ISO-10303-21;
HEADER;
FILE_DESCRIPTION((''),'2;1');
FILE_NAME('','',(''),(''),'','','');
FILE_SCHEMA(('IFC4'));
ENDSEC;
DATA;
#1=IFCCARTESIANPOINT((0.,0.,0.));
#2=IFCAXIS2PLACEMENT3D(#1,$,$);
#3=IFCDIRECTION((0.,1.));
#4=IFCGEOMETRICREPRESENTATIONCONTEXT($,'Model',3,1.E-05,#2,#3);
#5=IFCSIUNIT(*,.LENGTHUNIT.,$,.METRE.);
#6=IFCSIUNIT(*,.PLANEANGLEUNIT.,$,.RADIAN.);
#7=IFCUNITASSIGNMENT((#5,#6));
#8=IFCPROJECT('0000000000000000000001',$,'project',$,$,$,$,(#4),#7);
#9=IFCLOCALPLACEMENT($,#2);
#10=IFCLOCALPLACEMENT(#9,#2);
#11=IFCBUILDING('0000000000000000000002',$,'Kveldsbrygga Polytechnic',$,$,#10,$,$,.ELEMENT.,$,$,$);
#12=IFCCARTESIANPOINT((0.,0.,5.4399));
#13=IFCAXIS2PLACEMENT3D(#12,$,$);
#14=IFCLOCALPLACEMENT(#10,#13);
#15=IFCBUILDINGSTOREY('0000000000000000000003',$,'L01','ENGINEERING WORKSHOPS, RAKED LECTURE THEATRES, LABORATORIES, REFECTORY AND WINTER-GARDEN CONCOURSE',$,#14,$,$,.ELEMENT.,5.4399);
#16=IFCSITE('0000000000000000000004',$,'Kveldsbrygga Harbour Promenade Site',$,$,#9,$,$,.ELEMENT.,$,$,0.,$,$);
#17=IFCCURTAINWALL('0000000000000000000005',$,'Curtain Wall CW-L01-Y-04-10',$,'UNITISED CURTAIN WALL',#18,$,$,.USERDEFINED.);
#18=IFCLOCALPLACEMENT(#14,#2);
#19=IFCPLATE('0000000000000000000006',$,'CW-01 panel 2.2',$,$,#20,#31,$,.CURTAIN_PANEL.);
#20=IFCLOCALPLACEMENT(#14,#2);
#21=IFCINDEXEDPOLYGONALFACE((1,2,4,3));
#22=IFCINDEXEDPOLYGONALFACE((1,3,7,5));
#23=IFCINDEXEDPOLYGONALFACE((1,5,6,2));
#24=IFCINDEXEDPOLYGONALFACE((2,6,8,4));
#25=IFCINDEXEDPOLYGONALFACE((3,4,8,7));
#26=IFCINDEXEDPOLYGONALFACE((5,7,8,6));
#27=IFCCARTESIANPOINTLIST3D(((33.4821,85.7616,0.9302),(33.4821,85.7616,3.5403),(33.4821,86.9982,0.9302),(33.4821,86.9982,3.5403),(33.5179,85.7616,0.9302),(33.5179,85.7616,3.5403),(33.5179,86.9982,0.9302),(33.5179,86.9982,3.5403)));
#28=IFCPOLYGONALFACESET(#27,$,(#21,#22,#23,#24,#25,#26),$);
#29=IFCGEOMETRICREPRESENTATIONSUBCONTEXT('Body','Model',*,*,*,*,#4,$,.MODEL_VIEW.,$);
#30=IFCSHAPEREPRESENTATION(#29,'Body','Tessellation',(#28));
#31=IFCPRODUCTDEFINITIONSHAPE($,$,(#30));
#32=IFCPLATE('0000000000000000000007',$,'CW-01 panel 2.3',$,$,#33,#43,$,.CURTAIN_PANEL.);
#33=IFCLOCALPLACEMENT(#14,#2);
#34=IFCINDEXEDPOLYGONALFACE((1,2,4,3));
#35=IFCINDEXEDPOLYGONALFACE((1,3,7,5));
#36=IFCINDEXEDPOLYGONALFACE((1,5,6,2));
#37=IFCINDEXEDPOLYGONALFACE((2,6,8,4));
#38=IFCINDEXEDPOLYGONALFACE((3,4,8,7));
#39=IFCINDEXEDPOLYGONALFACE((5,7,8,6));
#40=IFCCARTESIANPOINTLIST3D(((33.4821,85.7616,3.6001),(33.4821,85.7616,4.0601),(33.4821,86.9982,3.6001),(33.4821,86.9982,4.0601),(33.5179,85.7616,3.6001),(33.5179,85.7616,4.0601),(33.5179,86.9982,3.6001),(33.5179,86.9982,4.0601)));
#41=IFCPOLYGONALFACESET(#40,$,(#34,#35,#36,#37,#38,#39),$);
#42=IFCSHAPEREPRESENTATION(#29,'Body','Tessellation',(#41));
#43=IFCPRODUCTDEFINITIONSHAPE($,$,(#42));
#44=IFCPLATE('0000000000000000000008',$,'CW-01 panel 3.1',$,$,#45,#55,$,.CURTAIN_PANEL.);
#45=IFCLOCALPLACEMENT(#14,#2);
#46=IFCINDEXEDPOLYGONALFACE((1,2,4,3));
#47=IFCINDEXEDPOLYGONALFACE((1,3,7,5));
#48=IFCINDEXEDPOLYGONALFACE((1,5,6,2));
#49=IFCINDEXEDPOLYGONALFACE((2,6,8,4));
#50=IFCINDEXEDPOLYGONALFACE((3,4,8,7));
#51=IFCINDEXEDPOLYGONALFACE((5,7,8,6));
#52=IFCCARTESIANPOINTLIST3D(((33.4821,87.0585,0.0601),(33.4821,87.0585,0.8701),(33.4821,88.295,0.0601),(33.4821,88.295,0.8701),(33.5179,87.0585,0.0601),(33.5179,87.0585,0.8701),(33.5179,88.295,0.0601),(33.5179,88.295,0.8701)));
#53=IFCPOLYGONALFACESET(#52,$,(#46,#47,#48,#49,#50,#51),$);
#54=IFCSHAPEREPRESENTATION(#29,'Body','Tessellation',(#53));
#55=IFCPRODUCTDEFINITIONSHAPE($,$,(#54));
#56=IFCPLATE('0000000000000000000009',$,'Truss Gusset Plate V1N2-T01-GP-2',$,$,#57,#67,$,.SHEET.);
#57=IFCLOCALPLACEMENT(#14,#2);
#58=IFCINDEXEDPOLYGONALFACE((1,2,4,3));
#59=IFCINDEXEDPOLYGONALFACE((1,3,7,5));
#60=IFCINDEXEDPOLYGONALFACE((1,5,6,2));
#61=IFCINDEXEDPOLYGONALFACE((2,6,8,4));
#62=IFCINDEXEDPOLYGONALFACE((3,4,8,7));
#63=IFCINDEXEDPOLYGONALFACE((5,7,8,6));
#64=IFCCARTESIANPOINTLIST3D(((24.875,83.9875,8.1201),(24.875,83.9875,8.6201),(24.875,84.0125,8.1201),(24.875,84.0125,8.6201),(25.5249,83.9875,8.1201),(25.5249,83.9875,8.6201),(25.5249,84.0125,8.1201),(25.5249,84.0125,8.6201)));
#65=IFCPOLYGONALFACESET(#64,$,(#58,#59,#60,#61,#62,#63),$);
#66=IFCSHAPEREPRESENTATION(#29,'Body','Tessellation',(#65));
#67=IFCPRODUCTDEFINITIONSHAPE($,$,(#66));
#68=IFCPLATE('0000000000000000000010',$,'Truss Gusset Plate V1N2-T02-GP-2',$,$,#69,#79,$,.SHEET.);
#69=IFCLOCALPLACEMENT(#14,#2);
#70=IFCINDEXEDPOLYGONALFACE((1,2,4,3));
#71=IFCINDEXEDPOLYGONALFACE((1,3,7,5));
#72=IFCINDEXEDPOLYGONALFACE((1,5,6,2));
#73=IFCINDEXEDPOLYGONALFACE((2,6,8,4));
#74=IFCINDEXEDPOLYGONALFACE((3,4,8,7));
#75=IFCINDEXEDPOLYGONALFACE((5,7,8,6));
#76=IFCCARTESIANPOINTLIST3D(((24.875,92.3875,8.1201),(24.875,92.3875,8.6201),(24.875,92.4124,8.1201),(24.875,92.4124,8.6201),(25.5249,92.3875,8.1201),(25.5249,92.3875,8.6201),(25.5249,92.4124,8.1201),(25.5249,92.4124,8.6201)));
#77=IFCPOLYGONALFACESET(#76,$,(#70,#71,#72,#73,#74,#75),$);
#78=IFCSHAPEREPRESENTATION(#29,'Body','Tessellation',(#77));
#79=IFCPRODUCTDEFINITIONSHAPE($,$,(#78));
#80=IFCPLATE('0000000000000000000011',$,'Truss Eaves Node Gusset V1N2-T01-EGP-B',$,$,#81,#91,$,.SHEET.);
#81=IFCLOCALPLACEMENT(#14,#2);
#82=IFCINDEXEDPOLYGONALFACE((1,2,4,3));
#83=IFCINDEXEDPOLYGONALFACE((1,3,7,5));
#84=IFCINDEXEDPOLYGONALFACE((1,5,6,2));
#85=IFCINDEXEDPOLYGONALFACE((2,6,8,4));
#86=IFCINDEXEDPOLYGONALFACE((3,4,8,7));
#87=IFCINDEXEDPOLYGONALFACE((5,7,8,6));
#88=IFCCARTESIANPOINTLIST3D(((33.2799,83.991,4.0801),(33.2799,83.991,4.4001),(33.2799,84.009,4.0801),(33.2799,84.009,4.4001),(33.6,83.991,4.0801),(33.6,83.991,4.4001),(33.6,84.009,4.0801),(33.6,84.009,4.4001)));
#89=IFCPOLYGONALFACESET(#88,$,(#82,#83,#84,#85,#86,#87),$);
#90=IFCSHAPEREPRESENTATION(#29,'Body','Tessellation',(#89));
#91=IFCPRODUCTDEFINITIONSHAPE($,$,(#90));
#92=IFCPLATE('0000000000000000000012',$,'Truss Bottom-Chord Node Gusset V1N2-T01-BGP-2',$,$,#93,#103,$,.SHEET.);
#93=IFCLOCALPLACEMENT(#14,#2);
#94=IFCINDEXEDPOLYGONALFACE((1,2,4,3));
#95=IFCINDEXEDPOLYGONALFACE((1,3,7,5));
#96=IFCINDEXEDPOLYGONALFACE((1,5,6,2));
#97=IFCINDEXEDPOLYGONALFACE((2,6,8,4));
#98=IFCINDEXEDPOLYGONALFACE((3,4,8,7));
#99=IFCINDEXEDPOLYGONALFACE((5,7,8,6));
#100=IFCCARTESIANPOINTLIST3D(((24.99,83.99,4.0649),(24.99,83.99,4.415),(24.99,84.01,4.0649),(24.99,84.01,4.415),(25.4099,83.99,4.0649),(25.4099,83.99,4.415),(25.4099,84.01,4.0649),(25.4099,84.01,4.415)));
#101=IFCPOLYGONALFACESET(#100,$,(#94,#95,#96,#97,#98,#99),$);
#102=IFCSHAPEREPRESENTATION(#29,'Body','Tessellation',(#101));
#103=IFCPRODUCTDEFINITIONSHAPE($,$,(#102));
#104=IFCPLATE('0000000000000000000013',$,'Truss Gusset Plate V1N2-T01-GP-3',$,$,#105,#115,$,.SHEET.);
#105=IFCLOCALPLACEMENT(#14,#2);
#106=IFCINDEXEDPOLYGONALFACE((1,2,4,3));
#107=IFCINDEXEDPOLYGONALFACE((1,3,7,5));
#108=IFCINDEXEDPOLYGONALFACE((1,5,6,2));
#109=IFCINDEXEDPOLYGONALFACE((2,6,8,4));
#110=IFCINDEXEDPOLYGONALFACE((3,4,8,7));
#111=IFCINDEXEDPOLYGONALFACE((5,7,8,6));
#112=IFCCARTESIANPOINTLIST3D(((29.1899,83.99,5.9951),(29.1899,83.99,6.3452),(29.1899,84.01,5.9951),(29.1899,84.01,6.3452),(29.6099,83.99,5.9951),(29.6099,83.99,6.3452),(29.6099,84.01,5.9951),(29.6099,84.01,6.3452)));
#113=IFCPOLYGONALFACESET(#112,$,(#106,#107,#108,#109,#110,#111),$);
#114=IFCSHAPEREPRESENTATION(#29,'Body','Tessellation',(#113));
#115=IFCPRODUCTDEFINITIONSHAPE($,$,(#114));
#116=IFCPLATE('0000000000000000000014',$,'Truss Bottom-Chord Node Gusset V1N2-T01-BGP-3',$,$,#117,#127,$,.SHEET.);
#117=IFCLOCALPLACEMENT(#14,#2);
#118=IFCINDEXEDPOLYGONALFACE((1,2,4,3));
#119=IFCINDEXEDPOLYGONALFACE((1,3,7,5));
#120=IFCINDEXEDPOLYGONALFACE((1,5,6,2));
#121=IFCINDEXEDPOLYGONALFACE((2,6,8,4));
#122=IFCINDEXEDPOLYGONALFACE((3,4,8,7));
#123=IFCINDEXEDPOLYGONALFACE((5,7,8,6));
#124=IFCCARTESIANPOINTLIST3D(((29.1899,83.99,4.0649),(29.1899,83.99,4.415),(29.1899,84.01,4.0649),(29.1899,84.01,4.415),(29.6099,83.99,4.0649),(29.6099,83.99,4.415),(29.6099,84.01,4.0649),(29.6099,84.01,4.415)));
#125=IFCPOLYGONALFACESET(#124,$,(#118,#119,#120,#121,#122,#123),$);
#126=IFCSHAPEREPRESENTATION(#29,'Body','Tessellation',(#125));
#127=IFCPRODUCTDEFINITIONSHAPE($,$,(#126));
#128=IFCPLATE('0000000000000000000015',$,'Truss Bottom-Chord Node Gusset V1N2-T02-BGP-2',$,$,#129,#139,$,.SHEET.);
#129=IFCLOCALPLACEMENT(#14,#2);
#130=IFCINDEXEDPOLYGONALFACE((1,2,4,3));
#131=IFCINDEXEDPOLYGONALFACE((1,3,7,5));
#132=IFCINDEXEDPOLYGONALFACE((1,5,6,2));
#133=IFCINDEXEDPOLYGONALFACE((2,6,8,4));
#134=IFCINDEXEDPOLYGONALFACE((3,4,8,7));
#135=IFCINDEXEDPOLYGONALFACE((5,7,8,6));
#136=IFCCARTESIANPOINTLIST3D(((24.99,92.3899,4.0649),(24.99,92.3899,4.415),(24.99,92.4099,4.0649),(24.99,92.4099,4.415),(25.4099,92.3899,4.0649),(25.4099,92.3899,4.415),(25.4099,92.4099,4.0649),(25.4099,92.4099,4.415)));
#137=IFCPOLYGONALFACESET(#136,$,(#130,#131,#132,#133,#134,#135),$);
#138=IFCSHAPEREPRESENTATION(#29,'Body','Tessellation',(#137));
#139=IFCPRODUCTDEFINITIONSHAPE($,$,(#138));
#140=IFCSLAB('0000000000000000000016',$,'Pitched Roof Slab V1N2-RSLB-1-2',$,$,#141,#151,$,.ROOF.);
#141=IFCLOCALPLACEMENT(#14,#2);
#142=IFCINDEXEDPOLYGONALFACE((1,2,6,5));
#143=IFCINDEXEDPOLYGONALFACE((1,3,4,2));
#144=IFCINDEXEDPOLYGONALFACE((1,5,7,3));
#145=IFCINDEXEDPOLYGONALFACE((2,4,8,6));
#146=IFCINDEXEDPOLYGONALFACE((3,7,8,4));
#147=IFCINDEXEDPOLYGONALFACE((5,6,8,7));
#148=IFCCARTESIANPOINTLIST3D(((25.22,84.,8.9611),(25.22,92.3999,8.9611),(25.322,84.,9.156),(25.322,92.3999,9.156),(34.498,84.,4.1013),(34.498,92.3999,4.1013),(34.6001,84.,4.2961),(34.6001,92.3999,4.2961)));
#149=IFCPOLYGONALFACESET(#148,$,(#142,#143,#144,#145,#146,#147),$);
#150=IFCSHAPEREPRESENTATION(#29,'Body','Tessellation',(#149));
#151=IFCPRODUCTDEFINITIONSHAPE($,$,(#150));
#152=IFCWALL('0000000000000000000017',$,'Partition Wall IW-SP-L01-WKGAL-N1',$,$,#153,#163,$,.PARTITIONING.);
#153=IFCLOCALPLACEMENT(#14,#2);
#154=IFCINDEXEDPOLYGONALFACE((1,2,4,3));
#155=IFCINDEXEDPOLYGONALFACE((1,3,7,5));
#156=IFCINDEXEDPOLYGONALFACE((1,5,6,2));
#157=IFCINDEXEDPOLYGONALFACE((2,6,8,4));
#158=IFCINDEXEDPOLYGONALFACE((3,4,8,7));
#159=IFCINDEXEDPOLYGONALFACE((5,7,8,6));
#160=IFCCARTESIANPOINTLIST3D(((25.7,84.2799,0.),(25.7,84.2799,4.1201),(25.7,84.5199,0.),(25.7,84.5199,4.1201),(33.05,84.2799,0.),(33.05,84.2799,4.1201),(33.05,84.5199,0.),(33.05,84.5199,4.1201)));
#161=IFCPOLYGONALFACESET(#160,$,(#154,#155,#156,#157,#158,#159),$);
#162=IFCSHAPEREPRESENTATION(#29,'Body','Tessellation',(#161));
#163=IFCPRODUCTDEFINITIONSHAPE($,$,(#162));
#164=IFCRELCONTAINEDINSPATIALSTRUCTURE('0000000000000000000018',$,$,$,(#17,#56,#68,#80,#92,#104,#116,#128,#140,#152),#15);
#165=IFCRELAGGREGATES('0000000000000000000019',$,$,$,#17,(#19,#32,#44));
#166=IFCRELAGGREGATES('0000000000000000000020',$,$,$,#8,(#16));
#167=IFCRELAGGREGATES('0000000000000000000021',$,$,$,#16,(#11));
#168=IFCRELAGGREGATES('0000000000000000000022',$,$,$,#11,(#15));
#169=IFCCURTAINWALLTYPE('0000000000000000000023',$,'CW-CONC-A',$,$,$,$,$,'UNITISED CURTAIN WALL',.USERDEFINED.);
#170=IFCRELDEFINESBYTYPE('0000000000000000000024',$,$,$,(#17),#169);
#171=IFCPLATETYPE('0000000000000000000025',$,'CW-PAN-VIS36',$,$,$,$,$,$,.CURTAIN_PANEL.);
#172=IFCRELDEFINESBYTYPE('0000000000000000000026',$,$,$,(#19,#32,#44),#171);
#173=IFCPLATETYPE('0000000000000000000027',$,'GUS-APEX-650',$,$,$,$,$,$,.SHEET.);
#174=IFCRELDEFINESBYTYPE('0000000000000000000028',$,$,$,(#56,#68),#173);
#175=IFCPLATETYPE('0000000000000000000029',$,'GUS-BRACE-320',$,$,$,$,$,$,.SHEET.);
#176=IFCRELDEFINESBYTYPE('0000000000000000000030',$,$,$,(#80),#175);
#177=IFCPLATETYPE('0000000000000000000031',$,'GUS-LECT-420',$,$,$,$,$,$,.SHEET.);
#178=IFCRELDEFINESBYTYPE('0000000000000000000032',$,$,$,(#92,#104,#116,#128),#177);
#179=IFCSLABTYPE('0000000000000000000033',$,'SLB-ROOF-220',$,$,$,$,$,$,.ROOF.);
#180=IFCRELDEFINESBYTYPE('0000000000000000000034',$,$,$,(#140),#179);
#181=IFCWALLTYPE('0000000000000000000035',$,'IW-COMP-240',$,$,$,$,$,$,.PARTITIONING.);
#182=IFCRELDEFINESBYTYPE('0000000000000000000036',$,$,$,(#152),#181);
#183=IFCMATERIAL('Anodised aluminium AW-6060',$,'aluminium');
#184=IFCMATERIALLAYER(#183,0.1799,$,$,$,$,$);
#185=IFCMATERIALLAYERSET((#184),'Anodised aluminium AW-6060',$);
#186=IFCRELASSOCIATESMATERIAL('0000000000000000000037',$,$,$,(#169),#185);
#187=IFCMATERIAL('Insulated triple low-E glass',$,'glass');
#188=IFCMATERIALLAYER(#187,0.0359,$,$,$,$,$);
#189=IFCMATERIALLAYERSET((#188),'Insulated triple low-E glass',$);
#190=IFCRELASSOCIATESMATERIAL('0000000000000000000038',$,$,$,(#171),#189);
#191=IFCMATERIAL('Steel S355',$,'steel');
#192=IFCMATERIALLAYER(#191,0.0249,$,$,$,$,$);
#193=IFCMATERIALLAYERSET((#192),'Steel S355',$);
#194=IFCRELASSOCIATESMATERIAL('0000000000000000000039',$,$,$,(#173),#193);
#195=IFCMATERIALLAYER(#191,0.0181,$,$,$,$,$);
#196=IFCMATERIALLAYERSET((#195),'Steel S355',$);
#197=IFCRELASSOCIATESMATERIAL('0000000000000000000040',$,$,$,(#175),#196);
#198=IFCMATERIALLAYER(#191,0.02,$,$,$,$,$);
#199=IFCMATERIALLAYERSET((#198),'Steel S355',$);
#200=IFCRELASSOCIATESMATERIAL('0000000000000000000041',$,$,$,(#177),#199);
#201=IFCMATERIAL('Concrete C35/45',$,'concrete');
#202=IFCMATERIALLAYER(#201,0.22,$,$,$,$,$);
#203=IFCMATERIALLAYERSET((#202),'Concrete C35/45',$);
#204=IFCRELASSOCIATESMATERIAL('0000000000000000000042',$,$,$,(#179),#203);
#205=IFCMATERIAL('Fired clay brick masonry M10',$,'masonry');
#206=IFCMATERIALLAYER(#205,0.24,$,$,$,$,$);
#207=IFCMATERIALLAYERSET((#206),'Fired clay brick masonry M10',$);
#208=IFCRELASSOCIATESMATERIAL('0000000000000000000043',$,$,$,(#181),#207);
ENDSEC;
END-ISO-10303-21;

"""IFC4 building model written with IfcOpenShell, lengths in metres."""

from ifc_helpers import new_model, si_unit, direction, frame, frame_2d, origin, origin_2d, place, context, subcontext, project, spatial, polyline, rectangle, outline, extrude, material, layer, layer_set, type_object, element, aggregate, save


model = new_model("IFC4")

# Units and contexts
model_context = context("Model", 3, precision=1e-05, world=origin(), true_north=direction((0.0, 1.0)))
body_context = subcontext(model_context, "Body", "Model", "MODEL_VIEW")
ifc_project = project(units=[si_unit("LENGTHUNIT", "METRE"), si_unit("PLANEANGLEUNIT", "RADIAN")], contexts=[model_context])

# Site, building, storey
site_placement = place(None, origin())
site = spatial("IfcSite", under=ifc_project, at=site_placement, Name="Kveldsbrygga Harbour Promenade Site", CompositionType="ELEMENT", RefElevation=0.0)
building_placement = place(site_placement, origin())
building = spatial("IfcBuilding", under=site, at=building_placement, Name="Kveldsbrygga Polytechnic", CompositionType="ELEMENT")
storey_placement = place(building_placement, frame((0.0, 0.0, 5.4399)))
storey = spatial("IfcBuildingStorey", under=building, at=storey_placement, Name="L01", Description="ENGINEERING WORKSHOPS, RAKED LECTURE THEATRES, LABORATORIES, REFECTORY AND WINTER-GARDEN CONCOURSE", CompositionType="ELEMENT", Elevation=5.4399)

# Curtain wall
ifc_material_1 = material(Name="Anodised aluminium AW-6060", Category="aluminium")
ifc_layer_1 = layer(ifc_material_1, 0.1799)
ifc_layer_set_1 = layer_set([ifc_layer_1], Name="Anodised aluminium AW-6060")
curtain_wall_type = type_object("IfcCurtainWallType", Name="CW-CONC-A", ElementType="UNITISED CURTAIN WALL", PredefinedType="USERDEFINED", material=ifc_layer_set_1)
curtain_wall_placement = place(storey_placement, origin())
curtain_wall = element("IfcCurtainWall", 1, at=curtain_wall_placement, inside=storey, type_object=curtain_wall_type, Name="Curtain Wall CW-L01-Y-04-10", ObjectType="UNITISED CURTAIN WALL", PredefinedType="USERDEFINED")

# Shared definitions
ifc_material_2 = material(Name="Steel S355", Category="steel")

# Plates
ifc_material_3 = material(Name="Insulated triple low-E glass", Category="glass")
ifc_layer_2 = layer(ifc_material_3, 0.0359)
ifc_layer_set_2 = layer_set([ifc_layer_2], Name="Insulated triple low-E glass")
plate_type_1 = type_object("IfcPlateType", Name="CW-PAN-VIS36", PredefinedType="CURTAIN_PANEL", material=ifc_layer_set_2)
plate_1_placement = place(storey_placement, frame((33.5, 86.3799, 0.9302), z_axis=(0.0, 0.0, 1.0), x_axis=(0.0, 1.0, 0.0)))
plate_1 = element("IfcPlate", 2, at=plate_1_placement, type_object=plate_type_1, Name="CW-01 panel 2.2", PredefinedType="CURTAIN_PANEL", context=body_context, shape_type="SweptSolid", body=[
    extrude(rectangle(XDim=1.2366, YDim=0.0359, at=origin_2d()), origin(), (0.0, 0.0, 1.0), 2.6101),
])
plate_2_placement = place(storey_placement, frame((33.5, 86.3799, 3.6001), z_axis=(0.0, 0.0, 1.0), x_axis=(0.0, 1.0, 0.0)))
plate_2 = element("IfcPlate", 3, at=plate_2_placement, type_object=plate_type_1, Name="CW-01 panel 2.3", PredefinedType="CURTAIN_PANEL", context=body_context, shape_type="SweptSolid", body=[
    extrude(rectangle(XDim=1.2366, YDim=0.0359, at=origin_2d()), origin(), (0.0, 0.0, 1.0), 0.46),
])
plate_3_placement = place(storey_placement, frame((33.5, 87.6768, 0.0601), z_axis=(0.0, 0.0, 1.0), x_axis=(0.0, 1.0, 0.0)))
plate_3 = element("IfcPlate", 4, at=plate_3_placement, type_object=plate_type_1, Name="CW-01 panel 3.1", PredefinedType="CURTAIN_PANEL", context=body_context, shape_type="SweptSolid", body=[
    extrude(rectangle(XDim=1.2366, YDim=0.0359, at=origin_2d()), origin(), (0.0, 0.0, 1.0), 0.8101),
])
aggregate(curtain_wall, [plate_1, plate_2, plate_3])

# Plates
ifc_layer_3 = layer(ifc_material_2, 0.0249)
ifc_layer_set_3 = layer_set([ifc_layer_3], Name="Steel S355")
plate_type_2 = type_object("IfcPlateType", Name="GUS-APEX-650", PredefinedType="SHEET", material=ifc_layer_set_3)
for number, where, z_axis, x_axis, name in (
    (5, (25.2, 84.0, 8.1201), (0.0, 0.0, 1.0), (1.0, 0.0, 0.0), "Truss Gusset Plate V1N2-T01-GP-2"),
    (6, (25.2, 92.3999, 8.1201), (0.0, 0.0, 1.0), (1.0, 0.0, 0.0), "Truss Gusset Plate V1N2-T02-GP-2"),
):
    element("IfcPlate", number, at=place(storey_placement, frame(where, z_axis=z_axis, x_axis=x_axis)), inside=storey, type_object=plate_type_2, Name=name, PredefinedType="SHEET", context=body_context, shape_type="SweptSolid", body=[
        extrude(rectangle(XDim=0.6499, YDim=0.0249, at=origin_2d()), origin(), (0.0, 0.0, 1.0), 0.5),
    ])
ifc_layer_4 = layer(ifc_material_2, 0.0181)
ifc_layer_set_4 = layer_set([ifc_layer_4], Name="Steel S355")
plate_type_3 = type_object("IfcPlateType", Name="GUS-BRACE-320", PredefinedType="SHEET", material=ifc_layer_set_4)
plate_4_placement = place(storey_placement, frame((33.4399, 84.0, 4.0801), z_axis=(0.0, 0.0, 1.0), x_axis=(1.0, 0.0, 0.0)))
element("IfcPlate", 7, at=plate_4_placement, inside=storey, type_object=plate_type_3, Name="Truss Eaves Node Gusset V1N2-T01-EGP-B", PredefinedType="SHEET", context=body_context, shape_type="SweptSolid", body=[
    extrude(rectangle(XDim=0.3201, YDim=0.0181, at=origin_2d()), origin(), (0.0, 0.0, 1.0), 0.3201),
])
ifc_layer_5 = layer(ifc_material_2, 0.02)
ifc_layer_set_5 = layer_set([ifc_layer_5], Name="Steel S355")
plate_type_4 = type_object("IfcPlateType", Name="GUS-LECT-420", PredefinedType="SHEET", material=ifc_layer_set_5)
for number, where, z_axis, x_axis, name in (
    (8, (25.2, 84.0, 4.0649), (0.0, 0.0, 1.0), (1.0, 0.0, 0.0), "Truss Bottom-Chord Node Gusset V1N2-T01-BGP-2"),
    (9, (29.3999, 84.0, 5.9951), (0.0, 0.0, 1.0), (1.0, 0.0, 0.0), "Truss Gusset Plate V1N2-T01-GP-3"),
    (10, (29.3999, 84.0, 4.0649), (0.0, 0.0, 1.0), (1.0, 0.0, 0.0), "Truss Bottom-Chord Node Gusset V1N2-T01-BGP-3"),
    (11, (25.2, 92.3999, 4.0649), (0.0, 0.0, 1.0), (1.0, 0.0, 0.0), "Truss Bottom-Chord Node Gusset V1N2-T02-BGP-2"),
):
    element("IfcPlate", number, at=place(storey_placement, frame(where, z_axis=z_axis, x_axis=x_axis)), inside=storey, type_object=plate_type_4, Name=name, PredefinedType="SHEET", context=body_context, shape_type="SweptSolid", body=[
        extrude(rectangle(XDim=0.4199, YDim=0.02, at=origin_2d()), origin(), (0.0, 0.0, 1.0), 0.3501),
    ])

# Slab
ifc_material_4 = material(Name="Concrete C35/45", Category="concrete")
ifc_layer_6 = layer(ifc_material_4, 0.22)
ifc_layer_set_6 = layer_set([ifc_layer_6], Name="Concrete C35/45")
slab_type = type_object("IfcSlabType", Name="SLB-ROOF-220", PredefinedType="ROOF", material=ifc_layer_set_6)
slab_placement = place(storey_placement, frame((25.322, 84.0, 9.156), z_axis=(0.464001, 0.0, 0.885835), x_axis=(0.885835, 0.0, -0.464001)))
element("IfcSlab", 12, at=slab_placement, inside=storey, type_object=slab_type, Name="Pitched Roof Slab V1N2-RSLB-1-2", PredefinedType="ROOF", context=body_context, shape_type="SweptSolid", body=[
    extrude(outline(polyline([(0.0, 0.0), (10.4738, 0.0), (10.4738, 8.3999), (0.0, 8.3999), (0.0, 0.0)])), origin(), (0.0, 0.0, -1.0), 0.22),
])

# Wall
ifc_material_5 = material(Name="Fired clay brick masonry M10", Category="masonry")
ifc_layer_7 = layer(ifc_material_5, 0.24)
ifc_layer_set_7 = layer_set([ifc_layer_7], Name="Fired clay brick masonry M10")
wall_type = type_object("IfcWallType", Name="IW-COMP-240", PredefinedType="PARTITIONING", material=ifc_layer_set_7)
wall_placement = place(storey_placement, frame((25.7, 84.3999, 0.0), z_axis=(0.0, 0.0, 1.0), x_axis=(1.0, 0.0, 0.0)))
element("IfcWall", 13, at=wall_placement, inside=storey, type_object=wall_type, Name="Partition Wall IW-SP-L01-WKGAL-N1", PredefinedType="PARTITIONING", context=body_context, shape_type="SweptSolid", body=[
    extrude(rectangle(XDim=7.3501, YDim=0.24, at=frame_2d((3.675, 0.0))), origin(), (0.0, 0.0, 1.0), 4.1201),
])

save(model, "model.ifc")
